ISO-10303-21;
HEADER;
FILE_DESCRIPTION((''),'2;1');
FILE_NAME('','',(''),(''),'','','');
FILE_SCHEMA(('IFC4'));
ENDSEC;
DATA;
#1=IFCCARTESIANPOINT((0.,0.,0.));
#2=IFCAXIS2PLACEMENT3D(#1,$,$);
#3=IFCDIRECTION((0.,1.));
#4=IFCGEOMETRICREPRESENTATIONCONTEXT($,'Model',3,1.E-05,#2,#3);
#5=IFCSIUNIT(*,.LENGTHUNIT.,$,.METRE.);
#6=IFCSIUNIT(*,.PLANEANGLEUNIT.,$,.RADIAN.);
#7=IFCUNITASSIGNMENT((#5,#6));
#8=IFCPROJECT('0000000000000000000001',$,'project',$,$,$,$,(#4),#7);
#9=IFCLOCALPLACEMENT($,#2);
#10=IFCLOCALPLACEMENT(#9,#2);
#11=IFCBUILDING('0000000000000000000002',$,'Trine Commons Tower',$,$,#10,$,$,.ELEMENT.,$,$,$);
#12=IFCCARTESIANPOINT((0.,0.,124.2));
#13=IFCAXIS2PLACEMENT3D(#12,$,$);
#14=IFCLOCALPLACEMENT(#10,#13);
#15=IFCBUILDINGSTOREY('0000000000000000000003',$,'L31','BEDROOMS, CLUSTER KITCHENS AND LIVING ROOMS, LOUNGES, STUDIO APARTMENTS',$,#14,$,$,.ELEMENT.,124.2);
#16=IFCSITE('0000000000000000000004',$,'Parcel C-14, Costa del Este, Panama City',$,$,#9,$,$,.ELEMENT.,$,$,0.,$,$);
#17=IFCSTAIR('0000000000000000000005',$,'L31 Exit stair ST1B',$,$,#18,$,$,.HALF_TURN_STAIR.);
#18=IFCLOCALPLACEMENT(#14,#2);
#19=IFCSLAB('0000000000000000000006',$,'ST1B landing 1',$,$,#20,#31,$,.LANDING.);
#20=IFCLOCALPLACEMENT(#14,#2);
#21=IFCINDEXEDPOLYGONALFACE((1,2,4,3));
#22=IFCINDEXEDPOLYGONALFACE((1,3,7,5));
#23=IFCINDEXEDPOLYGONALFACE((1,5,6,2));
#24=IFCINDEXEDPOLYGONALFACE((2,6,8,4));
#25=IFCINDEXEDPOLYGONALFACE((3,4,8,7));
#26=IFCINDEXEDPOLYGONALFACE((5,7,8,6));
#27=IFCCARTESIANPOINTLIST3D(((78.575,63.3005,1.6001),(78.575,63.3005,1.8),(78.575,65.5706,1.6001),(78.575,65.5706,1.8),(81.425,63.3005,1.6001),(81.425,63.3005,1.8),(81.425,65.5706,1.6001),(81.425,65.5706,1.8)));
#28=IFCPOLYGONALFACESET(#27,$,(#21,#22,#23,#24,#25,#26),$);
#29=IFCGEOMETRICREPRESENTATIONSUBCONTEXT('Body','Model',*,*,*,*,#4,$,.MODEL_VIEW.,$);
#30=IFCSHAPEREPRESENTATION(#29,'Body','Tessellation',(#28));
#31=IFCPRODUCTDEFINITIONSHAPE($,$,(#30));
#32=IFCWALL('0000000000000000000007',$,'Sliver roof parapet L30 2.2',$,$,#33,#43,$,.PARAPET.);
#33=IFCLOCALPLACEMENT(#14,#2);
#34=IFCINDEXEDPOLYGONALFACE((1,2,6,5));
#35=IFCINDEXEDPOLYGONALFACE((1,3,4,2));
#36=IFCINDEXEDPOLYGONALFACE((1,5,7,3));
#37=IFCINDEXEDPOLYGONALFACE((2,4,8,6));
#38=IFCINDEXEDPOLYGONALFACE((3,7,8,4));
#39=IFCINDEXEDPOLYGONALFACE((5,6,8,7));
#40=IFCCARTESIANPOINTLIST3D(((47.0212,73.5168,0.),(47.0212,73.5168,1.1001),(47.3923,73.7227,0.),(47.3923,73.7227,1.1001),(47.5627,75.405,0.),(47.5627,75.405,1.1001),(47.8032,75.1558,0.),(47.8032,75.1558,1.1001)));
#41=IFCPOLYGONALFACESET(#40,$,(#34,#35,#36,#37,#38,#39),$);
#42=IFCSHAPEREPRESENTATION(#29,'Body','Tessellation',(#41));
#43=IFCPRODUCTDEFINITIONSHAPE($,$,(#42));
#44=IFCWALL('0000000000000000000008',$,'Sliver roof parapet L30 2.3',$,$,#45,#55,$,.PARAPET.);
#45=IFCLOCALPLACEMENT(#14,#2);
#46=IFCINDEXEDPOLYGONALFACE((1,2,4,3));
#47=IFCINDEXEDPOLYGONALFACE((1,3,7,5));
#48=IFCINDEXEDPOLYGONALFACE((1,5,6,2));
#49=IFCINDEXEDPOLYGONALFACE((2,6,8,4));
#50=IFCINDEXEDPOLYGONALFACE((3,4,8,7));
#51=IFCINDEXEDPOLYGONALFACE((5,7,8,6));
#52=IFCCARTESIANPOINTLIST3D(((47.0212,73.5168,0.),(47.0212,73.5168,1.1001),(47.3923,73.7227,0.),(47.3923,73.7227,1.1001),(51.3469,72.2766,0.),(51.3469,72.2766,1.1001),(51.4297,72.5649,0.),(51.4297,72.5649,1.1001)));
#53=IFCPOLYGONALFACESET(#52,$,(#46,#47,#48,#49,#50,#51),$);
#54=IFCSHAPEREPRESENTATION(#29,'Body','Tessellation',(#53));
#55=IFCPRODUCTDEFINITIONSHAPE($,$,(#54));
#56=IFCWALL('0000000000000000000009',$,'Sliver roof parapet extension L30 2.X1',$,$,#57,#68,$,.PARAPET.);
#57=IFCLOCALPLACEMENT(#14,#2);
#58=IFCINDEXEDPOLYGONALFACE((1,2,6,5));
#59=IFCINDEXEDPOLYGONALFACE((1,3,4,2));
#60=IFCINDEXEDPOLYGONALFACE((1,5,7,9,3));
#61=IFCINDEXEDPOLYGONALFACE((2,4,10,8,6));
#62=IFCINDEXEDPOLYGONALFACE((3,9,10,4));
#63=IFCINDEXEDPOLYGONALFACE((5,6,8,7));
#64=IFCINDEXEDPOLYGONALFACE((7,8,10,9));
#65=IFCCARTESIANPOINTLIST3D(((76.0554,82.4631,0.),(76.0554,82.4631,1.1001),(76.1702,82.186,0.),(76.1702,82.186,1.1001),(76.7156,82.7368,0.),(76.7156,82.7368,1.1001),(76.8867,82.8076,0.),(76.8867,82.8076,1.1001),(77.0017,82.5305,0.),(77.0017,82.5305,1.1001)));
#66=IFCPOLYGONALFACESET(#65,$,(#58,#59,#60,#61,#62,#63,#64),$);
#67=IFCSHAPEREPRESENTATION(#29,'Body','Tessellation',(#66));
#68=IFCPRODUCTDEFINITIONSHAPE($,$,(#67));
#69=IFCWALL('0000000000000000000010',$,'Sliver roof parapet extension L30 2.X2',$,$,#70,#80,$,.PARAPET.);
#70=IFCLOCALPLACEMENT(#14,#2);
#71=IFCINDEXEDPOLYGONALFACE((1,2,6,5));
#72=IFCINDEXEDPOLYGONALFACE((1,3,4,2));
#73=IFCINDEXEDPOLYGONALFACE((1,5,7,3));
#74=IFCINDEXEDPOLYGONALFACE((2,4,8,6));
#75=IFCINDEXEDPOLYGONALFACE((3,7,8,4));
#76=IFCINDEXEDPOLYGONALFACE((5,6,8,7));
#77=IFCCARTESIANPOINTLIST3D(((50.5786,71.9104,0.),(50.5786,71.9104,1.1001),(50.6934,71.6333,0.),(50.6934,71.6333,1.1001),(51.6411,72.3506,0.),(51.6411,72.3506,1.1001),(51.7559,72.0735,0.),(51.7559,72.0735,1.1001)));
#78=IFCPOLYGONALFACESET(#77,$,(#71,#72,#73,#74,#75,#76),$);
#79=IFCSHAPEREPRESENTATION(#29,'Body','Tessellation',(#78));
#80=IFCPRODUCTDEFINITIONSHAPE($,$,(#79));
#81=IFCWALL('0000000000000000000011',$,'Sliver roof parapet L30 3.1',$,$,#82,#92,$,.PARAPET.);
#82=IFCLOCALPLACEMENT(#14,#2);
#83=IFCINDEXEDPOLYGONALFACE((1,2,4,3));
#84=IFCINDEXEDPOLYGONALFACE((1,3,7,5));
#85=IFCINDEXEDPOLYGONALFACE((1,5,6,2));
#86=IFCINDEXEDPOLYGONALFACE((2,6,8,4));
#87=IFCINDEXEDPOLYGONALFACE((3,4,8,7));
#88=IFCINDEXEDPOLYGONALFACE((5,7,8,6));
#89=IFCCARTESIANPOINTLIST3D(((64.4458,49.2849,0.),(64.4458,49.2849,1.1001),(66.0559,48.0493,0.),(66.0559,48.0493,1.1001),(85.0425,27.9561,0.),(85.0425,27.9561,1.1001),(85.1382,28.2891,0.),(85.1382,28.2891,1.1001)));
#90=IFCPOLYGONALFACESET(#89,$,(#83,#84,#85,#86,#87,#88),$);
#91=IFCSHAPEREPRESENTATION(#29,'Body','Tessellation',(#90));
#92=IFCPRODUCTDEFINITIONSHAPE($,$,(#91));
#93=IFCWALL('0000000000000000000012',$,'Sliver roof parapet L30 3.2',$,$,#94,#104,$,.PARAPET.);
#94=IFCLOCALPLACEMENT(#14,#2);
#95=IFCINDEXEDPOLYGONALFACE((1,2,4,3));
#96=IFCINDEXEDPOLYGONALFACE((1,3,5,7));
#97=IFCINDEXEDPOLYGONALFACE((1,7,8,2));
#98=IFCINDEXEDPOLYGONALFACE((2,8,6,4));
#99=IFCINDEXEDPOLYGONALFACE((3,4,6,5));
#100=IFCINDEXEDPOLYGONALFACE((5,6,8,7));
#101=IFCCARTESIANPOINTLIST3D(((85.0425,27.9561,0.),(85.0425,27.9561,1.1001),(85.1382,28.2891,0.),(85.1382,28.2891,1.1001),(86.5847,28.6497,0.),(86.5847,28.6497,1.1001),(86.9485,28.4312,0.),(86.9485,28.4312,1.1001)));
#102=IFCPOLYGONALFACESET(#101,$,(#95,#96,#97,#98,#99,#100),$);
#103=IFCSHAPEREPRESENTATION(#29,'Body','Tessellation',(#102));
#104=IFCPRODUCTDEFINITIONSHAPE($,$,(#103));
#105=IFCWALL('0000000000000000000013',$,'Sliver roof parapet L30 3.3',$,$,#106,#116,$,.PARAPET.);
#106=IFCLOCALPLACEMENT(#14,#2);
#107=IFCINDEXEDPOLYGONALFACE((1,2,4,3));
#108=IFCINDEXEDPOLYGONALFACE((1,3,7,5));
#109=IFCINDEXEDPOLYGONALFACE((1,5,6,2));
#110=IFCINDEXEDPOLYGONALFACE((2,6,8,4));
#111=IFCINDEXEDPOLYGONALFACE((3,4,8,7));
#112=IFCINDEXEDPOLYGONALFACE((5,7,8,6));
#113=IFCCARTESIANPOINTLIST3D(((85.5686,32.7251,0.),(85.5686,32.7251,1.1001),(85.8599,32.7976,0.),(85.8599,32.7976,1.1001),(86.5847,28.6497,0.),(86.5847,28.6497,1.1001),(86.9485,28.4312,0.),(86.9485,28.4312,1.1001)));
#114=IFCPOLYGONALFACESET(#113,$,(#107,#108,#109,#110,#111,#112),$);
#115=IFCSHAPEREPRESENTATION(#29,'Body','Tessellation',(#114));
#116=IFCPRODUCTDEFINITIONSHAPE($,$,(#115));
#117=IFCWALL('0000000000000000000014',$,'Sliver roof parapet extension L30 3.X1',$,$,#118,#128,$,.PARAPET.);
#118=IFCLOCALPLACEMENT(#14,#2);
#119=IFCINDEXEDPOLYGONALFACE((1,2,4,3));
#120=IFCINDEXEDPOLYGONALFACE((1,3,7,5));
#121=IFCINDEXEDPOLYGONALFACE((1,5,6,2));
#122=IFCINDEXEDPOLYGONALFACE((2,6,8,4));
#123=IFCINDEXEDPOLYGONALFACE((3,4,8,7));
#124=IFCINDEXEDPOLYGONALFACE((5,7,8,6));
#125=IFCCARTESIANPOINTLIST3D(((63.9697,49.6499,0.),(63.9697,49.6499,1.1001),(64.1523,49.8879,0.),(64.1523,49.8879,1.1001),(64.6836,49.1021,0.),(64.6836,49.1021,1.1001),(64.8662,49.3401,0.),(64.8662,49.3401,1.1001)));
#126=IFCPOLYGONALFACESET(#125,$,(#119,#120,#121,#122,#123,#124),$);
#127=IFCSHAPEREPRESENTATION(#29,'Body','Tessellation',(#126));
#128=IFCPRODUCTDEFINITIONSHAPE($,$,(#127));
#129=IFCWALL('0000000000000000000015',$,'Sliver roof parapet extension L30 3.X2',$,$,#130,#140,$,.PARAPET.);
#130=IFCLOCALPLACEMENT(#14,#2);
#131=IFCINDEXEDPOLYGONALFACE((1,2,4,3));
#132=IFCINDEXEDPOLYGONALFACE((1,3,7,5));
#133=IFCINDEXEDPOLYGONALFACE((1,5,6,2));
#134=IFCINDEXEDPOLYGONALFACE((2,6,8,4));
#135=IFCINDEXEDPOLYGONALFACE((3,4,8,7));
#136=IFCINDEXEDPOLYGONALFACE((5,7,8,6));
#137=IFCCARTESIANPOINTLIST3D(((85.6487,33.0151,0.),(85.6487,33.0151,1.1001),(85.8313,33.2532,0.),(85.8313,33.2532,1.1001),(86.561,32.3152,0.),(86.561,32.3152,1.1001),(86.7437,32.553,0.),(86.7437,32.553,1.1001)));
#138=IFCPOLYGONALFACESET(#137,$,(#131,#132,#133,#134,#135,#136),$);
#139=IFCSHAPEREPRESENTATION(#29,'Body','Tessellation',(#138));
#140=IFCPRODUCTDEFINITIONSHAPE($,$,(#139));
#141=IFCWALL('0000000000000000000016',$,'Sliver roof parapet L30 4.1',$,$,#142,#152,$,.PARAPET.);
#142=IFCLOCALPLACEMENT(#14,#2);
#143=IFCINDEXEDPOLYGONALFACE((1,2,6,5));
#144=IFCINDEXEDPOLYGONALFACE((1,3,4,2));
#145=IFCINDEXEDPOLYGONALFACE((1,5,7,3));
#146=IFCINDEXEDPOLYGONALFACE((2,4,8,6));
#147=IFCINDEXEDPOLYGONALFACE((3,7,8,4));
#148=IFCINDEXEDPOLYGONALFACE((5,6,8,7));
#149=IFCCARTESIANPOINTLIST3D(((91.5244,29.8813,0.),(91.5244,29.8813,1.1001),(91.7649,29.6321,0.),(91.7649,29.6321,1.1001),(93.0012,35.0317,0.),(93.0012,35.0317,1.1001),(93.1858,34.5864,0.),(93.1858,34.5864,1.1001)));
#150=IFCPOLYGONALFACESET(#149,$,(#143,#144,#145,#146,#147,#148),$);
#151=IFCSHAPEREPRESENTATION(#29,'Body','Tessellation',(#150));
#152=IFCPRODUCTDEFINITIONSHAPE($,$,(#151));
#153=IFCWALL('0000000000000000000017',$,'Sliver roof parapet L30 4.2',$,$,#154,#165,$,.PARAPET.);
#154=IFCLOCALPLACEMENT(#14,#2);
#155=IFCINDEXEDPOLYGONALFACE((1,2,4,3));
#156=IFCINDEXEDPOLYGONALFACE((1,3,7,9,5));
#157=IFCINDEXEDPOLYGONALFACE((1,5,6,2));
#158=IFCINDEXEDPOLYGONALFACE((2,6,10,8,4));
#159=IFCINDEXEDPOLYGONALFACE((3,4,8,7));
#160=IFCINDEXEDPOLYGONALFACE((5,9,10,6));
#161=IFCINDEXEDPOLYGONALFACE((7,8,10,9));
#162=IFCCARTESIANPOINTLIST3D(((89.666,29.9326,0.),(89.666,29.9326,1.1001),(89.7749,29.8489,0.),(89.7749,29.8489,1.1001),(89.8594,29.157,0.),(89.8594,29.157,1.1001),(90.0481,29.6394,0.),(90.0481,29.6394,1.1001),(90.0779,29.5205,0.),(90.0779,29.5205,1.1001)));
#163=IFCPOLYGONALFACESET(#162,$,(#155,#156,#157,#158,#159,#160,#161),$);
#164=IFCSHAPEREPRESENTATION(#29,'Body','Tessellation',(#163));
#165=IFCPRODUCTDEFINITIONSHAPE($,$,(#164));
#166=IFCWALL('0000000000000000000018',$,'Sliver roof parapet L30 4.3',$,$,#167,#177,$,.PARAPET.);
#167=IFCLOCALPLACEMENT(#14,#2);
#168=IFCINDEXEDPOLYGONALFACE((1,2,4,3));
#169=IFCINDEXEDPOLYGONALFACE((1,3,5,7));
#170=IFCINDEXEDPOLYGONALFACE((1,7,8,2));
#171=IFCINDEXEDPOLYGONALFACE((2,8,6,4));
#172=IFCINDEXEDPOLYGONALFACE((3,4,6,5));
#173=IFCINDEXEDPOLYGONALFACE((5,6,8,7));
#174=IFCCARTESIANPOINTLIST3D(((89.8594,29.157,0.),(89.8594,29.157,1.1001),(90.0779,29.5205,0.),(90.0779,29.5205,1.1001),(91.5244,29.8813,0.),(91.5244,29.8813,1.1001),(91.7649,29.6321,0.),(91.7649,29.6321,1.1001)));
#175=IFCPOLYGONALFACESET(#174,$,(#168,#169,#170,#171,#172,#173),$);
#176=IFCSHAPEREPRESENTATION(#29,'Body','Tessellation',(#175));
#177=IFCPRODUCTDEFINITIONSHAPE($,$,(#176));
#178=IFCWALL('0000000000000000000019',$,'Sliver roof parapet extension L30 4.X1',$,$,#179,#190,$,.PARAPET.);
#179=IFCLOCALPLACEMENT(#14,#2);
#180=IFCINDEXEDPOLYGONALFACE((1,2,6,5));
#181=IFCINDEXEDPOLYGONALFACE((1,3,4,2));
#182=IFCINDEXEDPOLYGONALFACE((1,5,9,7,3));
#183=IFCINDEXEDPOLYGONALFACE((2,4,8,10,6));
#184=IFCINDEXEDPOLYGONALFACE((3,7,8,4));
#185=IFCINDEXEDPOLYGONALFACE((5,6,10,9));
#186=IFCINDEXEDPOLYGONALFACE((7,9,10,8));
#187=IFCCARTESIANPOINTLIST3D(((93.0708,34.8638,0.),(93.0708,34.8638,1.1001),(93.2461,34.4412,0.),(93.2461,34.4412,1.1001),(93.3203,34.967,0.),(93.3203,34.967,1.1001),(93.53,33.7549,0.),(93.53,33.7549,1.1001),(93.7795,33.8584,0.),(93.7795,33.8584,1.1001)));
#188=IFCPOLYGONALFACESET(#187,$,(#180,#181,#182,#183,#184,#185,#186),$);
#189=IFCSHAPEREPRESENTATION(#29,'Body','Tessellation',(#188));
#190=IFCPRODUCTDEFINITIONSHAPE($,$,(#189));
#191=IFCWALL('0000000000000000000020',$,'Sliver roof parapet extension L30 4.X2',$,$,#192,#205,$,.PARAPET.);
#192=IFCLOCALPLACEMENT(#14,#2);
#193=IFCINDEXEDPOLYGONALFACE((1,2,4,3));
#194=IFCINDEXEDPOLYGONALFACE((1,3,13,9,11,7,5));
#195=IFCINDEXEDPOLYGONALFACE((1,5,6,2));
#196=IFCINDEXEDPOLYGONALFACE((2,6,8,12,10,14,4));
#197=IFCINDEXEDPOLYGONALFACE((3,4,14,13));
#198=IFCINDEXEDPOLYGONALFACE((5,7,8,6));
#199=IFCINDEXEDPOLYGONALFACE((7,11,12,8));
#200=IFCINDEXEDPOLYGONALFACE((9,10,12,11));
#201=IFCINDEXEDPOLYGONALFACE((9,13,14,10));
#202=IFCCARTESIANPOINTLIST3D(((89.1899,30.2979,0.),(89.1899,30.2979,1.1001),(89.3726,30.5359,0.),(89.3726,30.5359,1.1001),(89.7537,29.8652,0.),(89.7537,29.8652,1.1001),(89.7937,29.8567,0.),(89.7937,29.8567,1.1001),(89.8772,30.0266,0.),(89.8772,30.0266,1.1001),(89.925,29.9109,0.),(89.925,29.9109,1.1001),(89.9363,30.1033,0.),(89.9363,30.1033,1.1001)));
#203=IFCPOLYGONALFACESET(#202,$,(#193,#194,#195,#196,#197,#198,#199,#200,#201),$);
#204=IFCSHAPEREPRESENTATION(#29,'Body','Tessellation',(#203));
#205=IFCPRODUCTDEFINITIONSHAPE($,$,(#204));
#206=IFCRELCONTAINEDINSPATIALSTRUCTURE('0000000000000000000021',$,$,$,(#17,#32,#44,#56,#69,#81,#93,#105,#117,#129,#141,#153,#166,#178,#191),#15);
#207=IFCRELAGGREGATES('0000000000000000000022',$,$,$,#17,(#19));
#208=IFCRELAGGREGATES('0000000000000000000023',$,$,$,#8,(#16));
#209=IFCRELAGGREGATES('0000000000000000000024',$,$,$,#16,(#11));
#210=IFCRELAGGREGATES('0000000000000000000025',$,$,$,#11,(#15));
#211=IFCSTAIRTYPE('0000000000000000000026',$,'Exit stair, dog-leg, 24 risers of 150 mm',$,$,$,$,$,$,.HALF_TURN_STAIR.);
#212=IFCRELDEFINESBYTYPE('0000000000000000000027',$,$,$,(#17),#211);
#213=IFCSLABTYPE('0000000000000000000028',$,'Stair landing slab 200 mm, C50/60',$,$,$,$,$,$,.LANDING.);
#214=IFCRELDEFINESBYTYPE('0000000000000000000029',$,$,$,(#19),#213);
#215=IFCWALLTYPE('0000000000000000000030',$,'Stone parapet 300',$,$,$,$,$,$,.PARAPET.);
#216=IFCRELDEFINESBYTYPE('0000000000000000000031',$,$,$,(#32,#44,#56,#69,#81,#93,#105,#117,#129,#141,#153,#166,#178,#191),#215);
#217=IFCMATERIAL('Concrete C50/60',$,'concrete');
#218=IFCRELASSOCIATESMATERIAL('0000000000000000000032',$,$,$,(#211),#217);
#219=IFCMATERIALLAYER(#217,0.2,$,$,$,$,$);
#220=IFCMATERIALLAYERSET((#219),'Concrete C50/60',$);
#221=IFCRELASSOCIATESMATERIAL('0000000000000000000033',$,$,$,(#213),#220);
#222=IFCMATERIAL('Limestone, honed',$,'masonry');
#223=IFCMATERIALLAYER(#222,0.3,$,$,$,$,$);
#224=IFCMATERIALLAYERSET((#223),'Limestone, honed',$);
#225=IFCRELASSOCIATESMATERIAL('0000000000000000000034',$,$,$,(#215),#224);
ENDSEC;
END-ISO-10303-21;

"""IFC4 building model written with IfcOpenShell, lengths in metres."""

from ifc_helpers import new_model, si_unit, direction, frame, origin, place, context, subcontext, project, spatial, polyline, outline, extrude, material, layer, layer_set, type_object, element, aggregate, save


model = new_model("IFC4")

# Units and contexts
model_context = context("Model", 3, precision=1e-05, world=origin(), true_north=direction((0.0, 1.0)))
body_context = subcontext(model_context, "Body", "Model", "MODEL_VIEW")
ifc_project = project(units=[si_unit("LENGTHUNIT", "METRE"), si_unit("PLANEANGLEUNIT", "RADIAN")], contexts=[model_context])

# Site, building, storey
site_placement = place(None, origin())
site = spatial("IfcSite", under=ifc_project, at=site_placement, Name="Parcel C-14, Costa del Este, Panama City", CompositionType="ELEMENT", RefElevation=0.0)
building_placement = place(site_placement, origin())
building = spatial("IfcBuilding", under=site, at=building_placement, Name="Trine Commons Tower", CompositionType="ELEMENT")
storey_placement = place(building_placement, frame((0.0, 0.0, 124.2)))
storey = spatial("IfcBuildingStorey", under=building, at=storey_placement, Name="L31", Description="BEDROOMS, CLUSTER KITCHENS AND LIVING ROOMS, LOUNGES, STUDIO APARTMENTS", CompositionType="ELEMENT", Elevation=124.2)

# Stair, slab
ifc_material_1 = material(Name="Concrete C50/60", Category="concrete")
stair_type = type_object("IfcStairType", Name="Exit stair, dog-leg, 24 risers of 150 mm", PredefinedType="HALF_TURN_STAIR", material=ifc_material_1)
stair_placement = place(storey_placement, origin())
stair = element("IfcStair", 1, at=stair_placement, inside=storey, type_object=stair_type, Name="L31 Exit stair ST1B", PredefinedType="HALF_TURN_STAIR")
ifc_layer_1 = layer(ifc_material_1, 0.2)
ifc_layer_set_1 = layer_set([ifc_layer_1], Name="Concrete C50/60")
slab_type = type_object("IfcSlabType", Name="Stair landing slab 200 mm, C50/60", PredefinedType="LANDING", material=ifc_layer_set_1)
slab_placement = place(storey_placement, frame((0.0, 0.0, 1.6001)))
slab = element("IfcSlab", 2, at=slab_placement, type_object=slab_type, Name="ST1B landing 1", PredefinedType="LANDING", context=body_context, shape_type="SweptSolid", body=[
    extrude(outline(polyline([(78.575, 65.5706), (78.575, 63.3005), (81.425, 63.3005), (81.425, 65.5706), (78.575, 65.5706)])), origin(), (0.0, 0.0, 1.0), 0.2),
])
aggregate(stair, [slab])

# Walls
ifc_material_2 = material(Name="Limestone, honed", Category="masonry")
ifc_layer_2 = layer(ifc_material_2, 0.3)
ifc_layer_set_2 = layer_set([ifc_layer_2], Name="Limestone, honed")
wall_type = type_object("IfcWallType", Name="Stone parapet 300", PredefinedType="PARAPET", material=ifc_layer_set_2)
wall_1_placement = place(storey_placement, origin())
element("IfcWall", 3, at=wall_1_placement, inside=storey, type_object=wall_type, Name="Sliver roof parapet L30 2.2", PredefinedType="PARAPET", context=body_context, shape_type="SweptSolid", body=[
    extrude(outline(polyline([(47.5627, 75.405), (47.0212, 73.5168), (47.3923, 73.7227), (47.8032, 75.1558), (47.5627, 75.405)])), origin(), (0.0, 0.0, 1.0), 1.1001),
])
wall_2_placement = place(storey_placement, origin())
element("IfcWall", 4, at=wall_2_placement, inside=storey, type_object=wall_type, Name="Sliver roof parapet L30 2.3", PredefinedType="PARAPET", context=body_context, shape_type="SweptSolid", body=[
    extrude(outline(polyline([(47.0212, 73.5168), (51.3469, 72.2766), (51.4297, 72.5649), (47.3923, 73.7227), (47.0212, 73.5168)])), origin(), (0.0, 0.0, 1.0), 1.1001),
])
wall_3_placement = place(storey_placement, origin())
element("IfcWall", 5, at=wall_3_placement, inside=storey, type_object=wall_type, Name="Sliver roof parapet extension L30 2.X1", PredefinedType="PARAPET", context=body_context, shape_type="SweptSolid", body=[
    extrude(outline(polyline([(76.0554, 82.4631), (76.1702, 82.186), (77.0017, 82.5305), (76.8867, 82.8076), (76.7156, 82.7368), (76.0554, 82.4631)])), origin(), (0.0, 0.0, 1.0), 1.1001),
])
wall_4_placement = place(storey_placement, origin())
element("IfcWall", 6, at=wall_4_placement, inside=storey, type_object=wall_type, Name="Sliver roof parapet extension L30 2.X2", PredefinedType="PARAPET", context=body_context, shape_type="SweptSolid", body=[
    extrude(outline(polyline([(50.6934, 71.6333), (51.7559, 72.0735), (51.6411, 72.3506), (50.5786, 71.9104), (50.6934, 71.6333)])), origin(), (0.0, 0.0, 1.0), 1.1001),
])
wall_5_placement = place(storey_placement, origin())
element("IfcWall", 7, at=wall_5_placement, inside=storey, type_object=wall_type, Name="Sliver roof parapet L30 3.1", PredefinedType="PARAPET", context=body_context, shape_type="SweptSolid", body=[
    extrude(outline(polyline([(64.4458, 49.2849), (85.0425, 27.9561), (85.1382, 28.2891), (66.0559, 48.0493), (64.4458, 49.2849)])), origin(), (0.0, 0.0, 1.0), 1.1001),
])
wall_6_placement = place(storey_placement, origin())
element("IfcWall", 8, at=wall_6_placement, inside=storey, type_object=wall_type, Name="Sliver roof parapet L30 3.2", PredefinedType="PARAPET", context=body_context, shape_type="SweptSolid", body=[
    extrude(outline(polyline([(85.0425, 27.9561), (86.9485, 28.4312), (86.5847, 28.6497), (85.1382, 28.2891), (85.0425, 27.9561)])), origin(), (0.0, 0.0, 1.0), 1.1001),
])
wall_7_placement = place(storey_placement, origin())
element("IfcWall", 9, at=wall_7_placement, inside=storey, type_object=wall_type, Name="Sliver roof parapet L30 3.3", PredefinedType="PARAPET", context=body_context, shape_type="SweptSolid", body=[
    extrude(outline(polyline([(86.9485, 28.4312), (85.8599, 32.7976), (85.5686, 32.7251), (86.5847, 28.6497), (86.9485, 28.4312)])), origin(), (0.0, 0.0, 1.0), 1.1001),
])
wall_8_placement = place(storey_placement, origin())
element("IfcWall", 10, at=wall_8_placement, inside=storey, type_object=wall_type, Name="Sliver roof parapet extension L30 3.X1", PredefinedType="PARAPET", context=body_context, shape_type="SweptSolid", body=[
    extrude(outline(polyline([(64.1523, 49.8879), (63.9697, 49.6499), (64.6836, 49.1021), (64.8662, 49.3401), (64.1523, 49.8879)])), origin(), (0.0, 0.0, 1.0), 1.1001),
])
wall_9_placement = place(storey_placement, origin())
element("IfcWall", 11, at=wall_9_placement, inside=storey, type_object=wall_type, Name="Sliver roof parapet extension L30 3.X2", PredefinedType="PARAPET", context=body_context, shape_type="SweptSolid", body=[
    extrude(outline(polyline([(85.8313, 33.2532), (85.6487, 33.0151), (86.561, 32.3152), (86.7437, 32.553), (85.8313, 33.2532)])), origin(), (0.0, 0.0, 1.0), 1.1001),
])
wall_10_placement = place(storey_placement, origin())
element("IfcWall", 12, at=wall_10_placement, inside=storey, type_object=wall_type, Name="Sliver roof parapet L30 4.1", PredefinedType="PARAPET", context=body_context, shape_type="SweptSolid", body=[
    extrude(outline(polyline([(91.7649, 29.6321), (93.1858, 34.5864), (93.0012, 35.0317), (91.5244, 29.8813), (91.7649, 29.6321)])), origin(), (0.0, 0.0, 1.0), 1.1001),
])
wall_11_placement = place(storey_placement, origin())
element("IfcWall", 13, at=wall_11_placement, inside=storey, type_object=wall_type, Name="Sliver roof parapet L30 4.2", PredefinedType="PARAPET", context=body_context, shape_type="SweptSolid", body=[
    extrude(outline(polyline([(89.666, 29.9326), (89.8594, 29.157), (90.0779, 29.5205), (90.0481, 29.6394), (89.7749, 29.8489), (89.666, 29.9326)])), origin(), (0.0, 0.0, 1.0), 1.1001),
])
wall_12_placement = place(storey_placement, origin())
element("IfcWall", 14, at=wall_12_placement, inside=storey, type_object=wall_type, Name="Sliver roof parapet L30 4.3", PredefinedType="PARAPET", context=body_context, shape_type="SweptSolid", body=[
    extrude(outline(polyline([(89.8594, 29.157), (91.7649, 29.6321), (91.5244, 29.8813), (90.0779, 29.5205), (89.8594, 29.157)])), origin(), (0.0, 0.0, 1.0), 1.1001),
])
wall_13_placement = place(storey_placement, origin())
element("IfcWall", 15, at=wall_13_placement, inside=storey, type_object=wall_type, Name="Sliver roof parapet extension L30 4.X1", PredefinedType="PARAPET", context=body_context, shape_type="SweptSolid", body=[
    extrude(outline(polyline([(93.53, 33.7549), (93.7795, 33.8584), (93.3203, 34.967), (93.0708, 34.8638), (93.2461, 34.4412), (93.53, 33.7549)])), origin(), (0.0, 0.0, 1.0), 1.1001),
])
wall_14_placement = place(storey_placement, origin())
element("IfcWall", 16, at=wall_14_placement, inside=storey, type_object=wall_type, Name="Sliver roof parapet extension L30 4.X2", PredefinedType="PARAPET", context=body_context, shape_type="SweptSolid", body=[
    extrude(outline(polyline([(89.7537, 29.8652), (89.7937, 29.8567), (89.925, 29.9109), (89.8772, 30.0266), (89.9363, 30.1033), (89.3726, 30.5359), (89.1899, 30.2979), (89.7537, 29.8652)])), origin(), (0.0, 0.0, 1.0), 1.1001),
])

save(model, "model.ifc")
